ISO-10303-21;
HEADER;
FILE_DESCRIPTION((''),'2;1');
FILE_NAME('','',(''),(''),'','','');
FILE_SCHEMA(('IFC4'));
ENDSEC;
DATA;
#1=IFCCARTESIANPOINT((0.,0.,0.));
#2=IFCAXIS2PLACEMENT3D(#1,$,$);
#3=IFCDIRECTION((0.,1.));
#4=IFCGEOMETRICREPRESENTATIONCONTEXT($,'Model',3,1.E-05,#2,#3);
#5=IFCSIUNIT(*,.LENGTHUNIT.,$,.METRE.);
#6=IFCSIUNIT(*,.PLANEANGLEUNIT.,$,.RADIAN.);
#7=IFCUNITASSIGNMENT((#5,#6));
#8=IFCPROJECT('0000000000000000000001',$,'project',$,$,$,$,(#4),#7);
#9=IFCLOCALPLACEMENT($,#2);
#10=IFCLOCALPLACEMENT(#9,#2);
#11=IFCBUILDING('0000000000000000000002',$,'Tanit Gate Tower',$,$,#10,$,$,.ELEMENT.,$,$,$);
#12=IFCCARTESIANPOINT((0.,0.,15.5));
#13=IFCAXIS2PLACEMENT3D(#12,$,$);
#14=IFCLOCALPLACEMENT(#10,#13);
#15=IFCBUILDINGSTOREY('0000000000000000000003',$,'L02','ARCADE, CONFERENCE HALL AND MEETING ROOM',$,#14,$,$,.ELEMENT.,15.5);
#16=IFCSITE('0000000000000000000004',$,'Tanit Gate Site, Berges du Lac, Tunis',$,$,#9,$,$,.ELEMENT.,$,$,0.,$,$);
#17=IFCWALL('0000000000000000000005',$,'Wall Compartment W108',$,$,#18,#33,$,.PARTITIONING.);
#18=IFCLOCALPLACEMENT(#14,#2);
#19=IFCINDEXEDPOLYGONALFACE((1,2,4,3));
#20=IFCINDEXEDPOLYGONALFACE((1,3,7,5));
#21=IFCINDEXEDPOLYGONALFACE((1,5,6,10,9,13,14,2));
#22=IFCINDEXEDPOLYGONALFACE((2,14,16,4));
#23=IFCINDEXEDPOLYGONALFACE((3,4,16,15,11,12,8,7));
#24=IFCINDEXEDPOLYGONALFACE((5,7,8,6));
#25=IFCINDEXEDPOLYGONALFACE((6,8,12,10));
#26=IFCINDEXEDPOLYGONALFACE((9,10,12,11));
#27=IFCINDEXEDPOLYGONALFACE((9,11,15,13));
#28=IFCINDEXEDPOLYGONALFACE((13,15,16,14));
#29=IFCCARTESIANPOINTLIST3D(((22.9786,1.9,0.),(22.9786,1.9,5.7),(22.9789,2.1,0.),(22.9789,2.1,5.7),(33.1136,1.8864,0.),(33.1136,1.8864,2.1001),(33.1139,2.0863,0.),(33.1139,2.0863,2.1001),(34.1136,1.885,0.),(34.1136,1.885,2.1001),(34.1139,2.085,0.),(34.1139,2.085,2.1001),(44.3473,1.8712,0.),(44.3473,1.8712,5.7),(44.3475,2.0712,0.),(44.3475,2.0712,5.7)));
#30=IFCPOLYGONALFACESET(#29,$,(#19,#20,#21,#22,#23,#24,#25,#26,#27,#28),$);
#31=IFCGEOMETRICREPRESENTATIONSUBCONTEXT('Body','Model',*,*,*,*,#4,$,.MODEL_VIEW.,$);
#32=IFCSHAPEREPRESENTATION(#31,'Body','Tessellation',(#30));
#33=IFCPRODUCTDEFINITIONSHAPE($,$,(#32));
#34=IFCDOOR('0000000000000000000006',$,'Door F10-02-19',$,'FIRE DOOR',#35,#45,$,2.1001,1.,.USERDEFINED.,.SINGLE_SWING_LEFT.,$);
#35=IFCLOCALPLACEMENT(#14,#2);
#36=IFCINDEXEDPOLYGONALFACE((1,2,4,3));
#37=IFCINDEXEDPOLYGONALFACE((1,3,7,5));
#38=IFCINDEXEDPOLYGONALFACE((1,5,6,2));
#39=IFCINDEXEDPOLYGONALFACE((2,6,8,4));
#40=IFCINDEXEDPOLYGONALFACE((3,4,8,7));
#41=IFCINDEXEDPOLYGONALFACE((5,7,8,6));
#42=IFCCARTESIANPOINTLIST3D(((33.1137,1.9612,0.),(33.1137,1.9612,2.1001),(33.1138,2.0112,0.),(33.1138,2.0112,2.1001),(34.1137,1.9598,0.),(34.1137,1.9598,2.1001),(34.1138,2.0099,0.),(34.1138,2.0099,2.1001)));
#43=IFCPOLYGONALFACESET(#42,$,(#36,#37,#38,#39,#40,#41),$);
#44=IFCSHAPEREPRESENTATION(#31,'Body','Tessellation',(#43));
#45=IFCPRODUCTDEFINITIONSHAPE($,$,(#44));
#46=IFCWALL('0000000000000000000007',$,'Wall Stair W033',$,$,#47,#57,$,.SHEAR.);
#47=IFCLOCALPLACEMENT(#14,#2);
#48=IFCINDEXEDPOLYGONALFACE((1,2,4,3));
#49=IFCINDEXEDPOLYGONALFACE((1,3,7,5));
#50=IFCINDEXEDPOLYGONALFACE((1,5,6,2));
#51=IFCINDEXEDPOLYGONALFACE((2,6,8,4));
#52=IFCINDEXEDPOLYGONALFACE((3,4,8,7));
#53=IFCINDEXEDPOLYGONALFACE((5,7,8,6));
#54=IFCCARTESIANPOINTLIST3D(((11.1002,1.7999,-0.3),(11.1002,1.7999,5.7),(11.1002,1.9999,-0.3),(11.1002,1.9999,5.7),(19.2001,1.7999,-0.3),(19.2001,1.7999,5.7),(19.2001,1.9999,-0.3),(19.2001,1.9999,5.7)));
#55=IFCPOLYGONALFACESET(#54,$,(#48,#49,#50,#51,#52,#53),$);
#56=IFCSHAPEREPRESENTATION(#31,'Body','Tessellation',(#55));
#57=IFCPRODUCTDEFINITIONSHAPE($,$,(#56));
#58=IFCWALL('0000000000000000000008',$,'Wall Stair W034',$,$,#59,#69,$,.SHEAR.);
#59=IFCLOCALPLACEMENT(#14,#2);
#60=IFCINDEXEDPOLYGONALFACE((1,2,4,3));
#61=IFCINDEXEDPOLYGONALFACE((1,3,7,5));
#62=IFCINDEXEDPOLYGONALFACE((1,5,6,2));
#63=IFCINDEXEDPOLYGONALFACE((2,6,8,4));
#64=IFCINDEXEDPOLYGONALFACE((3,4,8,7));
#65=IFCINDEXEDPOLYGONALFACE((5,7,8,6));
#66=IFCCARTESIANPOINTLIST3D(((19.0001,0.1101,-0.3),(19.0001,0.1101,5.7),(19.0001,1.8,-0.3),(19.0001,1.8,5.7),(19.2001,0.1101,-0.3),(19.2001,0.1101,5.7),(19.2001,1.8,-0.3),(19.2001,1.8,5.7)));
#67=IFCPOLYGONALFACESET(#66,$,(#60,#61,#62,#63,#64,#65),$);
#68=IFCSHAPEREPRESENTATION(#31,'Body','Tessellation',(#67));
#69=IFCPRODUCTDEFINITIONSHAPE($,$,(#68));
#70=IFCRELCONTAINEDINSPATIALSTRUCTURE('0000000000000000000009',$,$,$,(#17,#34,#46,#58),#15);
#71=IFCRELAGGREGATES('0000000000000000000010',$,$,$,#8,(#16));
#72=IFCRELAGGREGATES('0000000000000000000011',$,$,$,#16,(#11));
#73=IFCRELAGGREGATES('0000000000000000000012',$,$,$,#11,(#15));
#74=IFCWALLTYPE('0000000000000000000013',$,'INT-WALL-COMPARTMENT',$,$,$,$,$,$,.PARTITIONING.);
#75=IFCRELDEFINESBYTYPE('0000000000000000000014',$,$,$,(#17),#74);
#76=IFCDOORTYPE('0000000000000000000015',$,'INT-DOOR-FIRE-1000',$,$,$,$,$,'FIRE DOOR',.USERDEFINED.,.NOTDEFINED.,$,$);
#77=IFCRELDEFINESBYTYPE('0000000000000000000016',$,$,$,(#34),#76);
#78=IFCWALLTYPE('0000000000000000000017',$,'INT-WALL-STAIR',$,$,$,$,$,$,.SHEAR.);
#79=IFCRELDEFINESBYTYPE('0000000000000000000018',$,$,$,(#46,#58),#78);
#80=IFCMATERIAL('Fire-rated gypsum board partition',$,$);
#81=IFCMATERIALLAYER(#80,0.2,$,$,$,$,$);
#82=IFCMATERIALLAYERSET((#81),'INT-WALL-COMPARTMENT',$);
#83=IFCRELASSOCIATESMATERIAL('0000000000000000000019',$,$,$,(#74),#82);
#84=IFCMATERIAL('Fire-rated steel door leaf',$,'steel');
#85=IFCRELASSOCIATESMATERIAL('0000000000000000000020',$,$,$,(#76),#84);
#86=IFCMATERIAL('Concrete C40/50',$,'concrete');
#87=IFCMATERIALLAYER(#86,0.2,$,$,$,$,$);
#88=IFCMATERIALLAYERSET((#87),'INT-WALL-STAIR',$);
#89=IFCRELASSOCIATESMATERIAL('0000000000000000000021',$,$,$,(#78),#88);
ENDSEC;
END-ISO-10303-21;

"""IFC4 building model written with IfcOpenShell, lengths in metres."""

from ifc_helpers import new_model, si_unit, direction, frame, frame_2d, origin, place, context, subcontext, project, spatial, rectangle, extrude, material, layer, layer_set, type_object, element, fill, save


model = new_model("IFC4")

# Units and contexts
model_context = context("Model", 3, precision=1e-05, world=origin(), true_north=direction((0.0, 1.0)))
body_context = subcontext(model_context, "Body", "Model", "MODEL_VIEW")
ifc_project = project(units=[si_unit("LENGTHUNIT", "METRE"), si_unit("PLANEANGLEUNIT", "RADIAN")], contexts=[model_context])

# Site, building, storey
site_placement = place(None, origin())
site = spatial("IfcSite", under=ifc_project, at=site_placement, Name="Tanit Gate Site, Berges du Lac, Tunis", CompositionType="ELEMENT", RefElevation=0.0)
building_placement = place(site_placement, origin())
building = spatial("IfcBuilding", under=site, at=building_placement, Name="Tanit Gate Tower", CompositionType="ELEMENT")
storey_placement = place(building_placement, frame((0.0, 0.0, 15.5)))
storey = spatial("IfcBuildingStorey", under=building, at=storey_placement, Name="L02", Description="ARCADE, CONFERENCE HALL AND MEETING ROOM", CompositionType="ELEMENT", Elevation=15.5)

# Shared definitions
ifc_material_1 = material(Name="Fire-rated gypsum board partition")
ifc_layer_1 = layer(ifc_material_1, 0.2)
ifc_layer_set_1 = layer_set([ifc_layer_1], Name="INT-WALL-COMPARTMENT")
wall_type_1 = type_object("IfcWallType", Name="INT-WALL-COMPARTMENT", PredefinedType="PARTITIONING", material=ifc_layer_set_1)

# Wall, opening, door
wall_1_placement = place(storey_placement, frame((22.9788, 2.0, 0.0), z_axis=(0.0, 0.0, 1.0), x_axis=(0.999999, -0.001348, 0.0)))
wall_1 = element("IfcWall", 1, at=wall_1_placement, inside=storey, type_object=wall_type_1, Name="Wall Compartment W108", PredefinedType="PARTITIONING", context=body_context, shape_type="SweptSolid", body=[
    extrude(rectangle(XDim=21.3687, YDim=0.2, at=frame_2d((10.6843, 0.0))), origin(), (0.0, 0.0, 1.0), 5.7),
])
opening_1_placement = place(wall_1_placement, frame((10.135, 0.0, 0.0)))
opening_1 = element("IfcOpeningElement", 2, at=opening_1_placement, cuts=wall_1, PredefinedType="OPENING", context=body_context, shape_type="SweptSolid", body=[
    extrude(rectangle(XDim=1.0, YDim=2.1001, at=frame_2d((0.5, 1.05))), frame((0.0, 0.1099, 0.0), z_axis=(0.0, -1.0, 0.0), x_axis=(1.0, 0.0, 0.0)), (0.0, 0.0, 1.0), 0.22),
])
ifc_material_2 = material(Name="Fire-rated steel door leaf", Category="steel")
door_type_1 = type_object("IfcDoorType", Name="INT-DOOR-FIRE-1000", ElementType="FIRE DOOR", OperationType="NOTDEFINED", PredefinedType="USERDEFINED", material=ifc_material_2)
door_1_placement = place(opening_1_placement, origin())
door_1 = element("IfcDoor", 3, at=door_1_placement, inside=storey, type_object=door_type_1, Name="Door F10-02-19", ObjectType="FIRE DOOR", OperationType="SINGLE_SWING_LEFT", OverallHeight=2.1001, OverallWidth=1.0, PredefinedType="USERDEFINED", context=body_context, shape_type="SweptSolid", body=[
    extrude(rectangle(XDim=1.0, YDim=2.1001, at=frame_2d((0.5, 1.05))), frame((0.0, 0.0249, 0.0), z_axis=(0.0, -1.0, 0.0), x_axis=(1.0, 0.0, 0.0)), (0.0, 0.0, 1.0), 0.05),
])
fill(opening_1, door_1)

# Walls
ifc_material_3 = material(Name="Concrete C40/50", Category="concrete")
ifc_layer_2 = layer(ifc_material_3, 0.2)
ifc_layer_set_2 = layer_set([ifc_layer_2], Name="INT-WALL-STAIR")
wall_type_2 = type_object("IfcWallType", Name="INT-WALL-STAIR", PredefinedType="SHEAR", material=ifc_layer_set_2)
wall_2_placement = place(storey_placement, frame((19.2, 1.8999, -0.3), z_axis=(0.0, 0.0, 1.0), x_axis=(-1.0, 0.0, 0.0)))
element("IfcWall", 4, at=wall_2_placement, inside=storey, type_object=wall_type_2, Name="Wall Stair W033", PredefinedType="SHEAR", context=body_context, shape_type="SweptSolid", body=[
    extrude(rectangle(XDim=8.0999, YDim=0.2, at=frame_2d((4.0498, 0.0))), origin(), (0.0, 0.0, 1.0), 6.0),
])
wall_3_placement = place(storey_placement, frame((19.1001, 0.1101, -0.3), z_axis=(0.0, 0.0, 1.0), x_axis=(0.0, 1.0, 0.0)))
element("IfcWall", 5, at=wall_3_placement, inside=storey, type_object=wall_type_2, Name="Wall Stair W034", PredefinedType="SHEAR", context=body_context, shape_type="SweptSolid", body=[
    extrude(rectangle(XDim=1.6899, YDim=0.2, at=frame_2d((0.845, 0.0))), origin(), (0.0, 0.0, 1.0), 6.0),
])

save(model, "model.ifc")
